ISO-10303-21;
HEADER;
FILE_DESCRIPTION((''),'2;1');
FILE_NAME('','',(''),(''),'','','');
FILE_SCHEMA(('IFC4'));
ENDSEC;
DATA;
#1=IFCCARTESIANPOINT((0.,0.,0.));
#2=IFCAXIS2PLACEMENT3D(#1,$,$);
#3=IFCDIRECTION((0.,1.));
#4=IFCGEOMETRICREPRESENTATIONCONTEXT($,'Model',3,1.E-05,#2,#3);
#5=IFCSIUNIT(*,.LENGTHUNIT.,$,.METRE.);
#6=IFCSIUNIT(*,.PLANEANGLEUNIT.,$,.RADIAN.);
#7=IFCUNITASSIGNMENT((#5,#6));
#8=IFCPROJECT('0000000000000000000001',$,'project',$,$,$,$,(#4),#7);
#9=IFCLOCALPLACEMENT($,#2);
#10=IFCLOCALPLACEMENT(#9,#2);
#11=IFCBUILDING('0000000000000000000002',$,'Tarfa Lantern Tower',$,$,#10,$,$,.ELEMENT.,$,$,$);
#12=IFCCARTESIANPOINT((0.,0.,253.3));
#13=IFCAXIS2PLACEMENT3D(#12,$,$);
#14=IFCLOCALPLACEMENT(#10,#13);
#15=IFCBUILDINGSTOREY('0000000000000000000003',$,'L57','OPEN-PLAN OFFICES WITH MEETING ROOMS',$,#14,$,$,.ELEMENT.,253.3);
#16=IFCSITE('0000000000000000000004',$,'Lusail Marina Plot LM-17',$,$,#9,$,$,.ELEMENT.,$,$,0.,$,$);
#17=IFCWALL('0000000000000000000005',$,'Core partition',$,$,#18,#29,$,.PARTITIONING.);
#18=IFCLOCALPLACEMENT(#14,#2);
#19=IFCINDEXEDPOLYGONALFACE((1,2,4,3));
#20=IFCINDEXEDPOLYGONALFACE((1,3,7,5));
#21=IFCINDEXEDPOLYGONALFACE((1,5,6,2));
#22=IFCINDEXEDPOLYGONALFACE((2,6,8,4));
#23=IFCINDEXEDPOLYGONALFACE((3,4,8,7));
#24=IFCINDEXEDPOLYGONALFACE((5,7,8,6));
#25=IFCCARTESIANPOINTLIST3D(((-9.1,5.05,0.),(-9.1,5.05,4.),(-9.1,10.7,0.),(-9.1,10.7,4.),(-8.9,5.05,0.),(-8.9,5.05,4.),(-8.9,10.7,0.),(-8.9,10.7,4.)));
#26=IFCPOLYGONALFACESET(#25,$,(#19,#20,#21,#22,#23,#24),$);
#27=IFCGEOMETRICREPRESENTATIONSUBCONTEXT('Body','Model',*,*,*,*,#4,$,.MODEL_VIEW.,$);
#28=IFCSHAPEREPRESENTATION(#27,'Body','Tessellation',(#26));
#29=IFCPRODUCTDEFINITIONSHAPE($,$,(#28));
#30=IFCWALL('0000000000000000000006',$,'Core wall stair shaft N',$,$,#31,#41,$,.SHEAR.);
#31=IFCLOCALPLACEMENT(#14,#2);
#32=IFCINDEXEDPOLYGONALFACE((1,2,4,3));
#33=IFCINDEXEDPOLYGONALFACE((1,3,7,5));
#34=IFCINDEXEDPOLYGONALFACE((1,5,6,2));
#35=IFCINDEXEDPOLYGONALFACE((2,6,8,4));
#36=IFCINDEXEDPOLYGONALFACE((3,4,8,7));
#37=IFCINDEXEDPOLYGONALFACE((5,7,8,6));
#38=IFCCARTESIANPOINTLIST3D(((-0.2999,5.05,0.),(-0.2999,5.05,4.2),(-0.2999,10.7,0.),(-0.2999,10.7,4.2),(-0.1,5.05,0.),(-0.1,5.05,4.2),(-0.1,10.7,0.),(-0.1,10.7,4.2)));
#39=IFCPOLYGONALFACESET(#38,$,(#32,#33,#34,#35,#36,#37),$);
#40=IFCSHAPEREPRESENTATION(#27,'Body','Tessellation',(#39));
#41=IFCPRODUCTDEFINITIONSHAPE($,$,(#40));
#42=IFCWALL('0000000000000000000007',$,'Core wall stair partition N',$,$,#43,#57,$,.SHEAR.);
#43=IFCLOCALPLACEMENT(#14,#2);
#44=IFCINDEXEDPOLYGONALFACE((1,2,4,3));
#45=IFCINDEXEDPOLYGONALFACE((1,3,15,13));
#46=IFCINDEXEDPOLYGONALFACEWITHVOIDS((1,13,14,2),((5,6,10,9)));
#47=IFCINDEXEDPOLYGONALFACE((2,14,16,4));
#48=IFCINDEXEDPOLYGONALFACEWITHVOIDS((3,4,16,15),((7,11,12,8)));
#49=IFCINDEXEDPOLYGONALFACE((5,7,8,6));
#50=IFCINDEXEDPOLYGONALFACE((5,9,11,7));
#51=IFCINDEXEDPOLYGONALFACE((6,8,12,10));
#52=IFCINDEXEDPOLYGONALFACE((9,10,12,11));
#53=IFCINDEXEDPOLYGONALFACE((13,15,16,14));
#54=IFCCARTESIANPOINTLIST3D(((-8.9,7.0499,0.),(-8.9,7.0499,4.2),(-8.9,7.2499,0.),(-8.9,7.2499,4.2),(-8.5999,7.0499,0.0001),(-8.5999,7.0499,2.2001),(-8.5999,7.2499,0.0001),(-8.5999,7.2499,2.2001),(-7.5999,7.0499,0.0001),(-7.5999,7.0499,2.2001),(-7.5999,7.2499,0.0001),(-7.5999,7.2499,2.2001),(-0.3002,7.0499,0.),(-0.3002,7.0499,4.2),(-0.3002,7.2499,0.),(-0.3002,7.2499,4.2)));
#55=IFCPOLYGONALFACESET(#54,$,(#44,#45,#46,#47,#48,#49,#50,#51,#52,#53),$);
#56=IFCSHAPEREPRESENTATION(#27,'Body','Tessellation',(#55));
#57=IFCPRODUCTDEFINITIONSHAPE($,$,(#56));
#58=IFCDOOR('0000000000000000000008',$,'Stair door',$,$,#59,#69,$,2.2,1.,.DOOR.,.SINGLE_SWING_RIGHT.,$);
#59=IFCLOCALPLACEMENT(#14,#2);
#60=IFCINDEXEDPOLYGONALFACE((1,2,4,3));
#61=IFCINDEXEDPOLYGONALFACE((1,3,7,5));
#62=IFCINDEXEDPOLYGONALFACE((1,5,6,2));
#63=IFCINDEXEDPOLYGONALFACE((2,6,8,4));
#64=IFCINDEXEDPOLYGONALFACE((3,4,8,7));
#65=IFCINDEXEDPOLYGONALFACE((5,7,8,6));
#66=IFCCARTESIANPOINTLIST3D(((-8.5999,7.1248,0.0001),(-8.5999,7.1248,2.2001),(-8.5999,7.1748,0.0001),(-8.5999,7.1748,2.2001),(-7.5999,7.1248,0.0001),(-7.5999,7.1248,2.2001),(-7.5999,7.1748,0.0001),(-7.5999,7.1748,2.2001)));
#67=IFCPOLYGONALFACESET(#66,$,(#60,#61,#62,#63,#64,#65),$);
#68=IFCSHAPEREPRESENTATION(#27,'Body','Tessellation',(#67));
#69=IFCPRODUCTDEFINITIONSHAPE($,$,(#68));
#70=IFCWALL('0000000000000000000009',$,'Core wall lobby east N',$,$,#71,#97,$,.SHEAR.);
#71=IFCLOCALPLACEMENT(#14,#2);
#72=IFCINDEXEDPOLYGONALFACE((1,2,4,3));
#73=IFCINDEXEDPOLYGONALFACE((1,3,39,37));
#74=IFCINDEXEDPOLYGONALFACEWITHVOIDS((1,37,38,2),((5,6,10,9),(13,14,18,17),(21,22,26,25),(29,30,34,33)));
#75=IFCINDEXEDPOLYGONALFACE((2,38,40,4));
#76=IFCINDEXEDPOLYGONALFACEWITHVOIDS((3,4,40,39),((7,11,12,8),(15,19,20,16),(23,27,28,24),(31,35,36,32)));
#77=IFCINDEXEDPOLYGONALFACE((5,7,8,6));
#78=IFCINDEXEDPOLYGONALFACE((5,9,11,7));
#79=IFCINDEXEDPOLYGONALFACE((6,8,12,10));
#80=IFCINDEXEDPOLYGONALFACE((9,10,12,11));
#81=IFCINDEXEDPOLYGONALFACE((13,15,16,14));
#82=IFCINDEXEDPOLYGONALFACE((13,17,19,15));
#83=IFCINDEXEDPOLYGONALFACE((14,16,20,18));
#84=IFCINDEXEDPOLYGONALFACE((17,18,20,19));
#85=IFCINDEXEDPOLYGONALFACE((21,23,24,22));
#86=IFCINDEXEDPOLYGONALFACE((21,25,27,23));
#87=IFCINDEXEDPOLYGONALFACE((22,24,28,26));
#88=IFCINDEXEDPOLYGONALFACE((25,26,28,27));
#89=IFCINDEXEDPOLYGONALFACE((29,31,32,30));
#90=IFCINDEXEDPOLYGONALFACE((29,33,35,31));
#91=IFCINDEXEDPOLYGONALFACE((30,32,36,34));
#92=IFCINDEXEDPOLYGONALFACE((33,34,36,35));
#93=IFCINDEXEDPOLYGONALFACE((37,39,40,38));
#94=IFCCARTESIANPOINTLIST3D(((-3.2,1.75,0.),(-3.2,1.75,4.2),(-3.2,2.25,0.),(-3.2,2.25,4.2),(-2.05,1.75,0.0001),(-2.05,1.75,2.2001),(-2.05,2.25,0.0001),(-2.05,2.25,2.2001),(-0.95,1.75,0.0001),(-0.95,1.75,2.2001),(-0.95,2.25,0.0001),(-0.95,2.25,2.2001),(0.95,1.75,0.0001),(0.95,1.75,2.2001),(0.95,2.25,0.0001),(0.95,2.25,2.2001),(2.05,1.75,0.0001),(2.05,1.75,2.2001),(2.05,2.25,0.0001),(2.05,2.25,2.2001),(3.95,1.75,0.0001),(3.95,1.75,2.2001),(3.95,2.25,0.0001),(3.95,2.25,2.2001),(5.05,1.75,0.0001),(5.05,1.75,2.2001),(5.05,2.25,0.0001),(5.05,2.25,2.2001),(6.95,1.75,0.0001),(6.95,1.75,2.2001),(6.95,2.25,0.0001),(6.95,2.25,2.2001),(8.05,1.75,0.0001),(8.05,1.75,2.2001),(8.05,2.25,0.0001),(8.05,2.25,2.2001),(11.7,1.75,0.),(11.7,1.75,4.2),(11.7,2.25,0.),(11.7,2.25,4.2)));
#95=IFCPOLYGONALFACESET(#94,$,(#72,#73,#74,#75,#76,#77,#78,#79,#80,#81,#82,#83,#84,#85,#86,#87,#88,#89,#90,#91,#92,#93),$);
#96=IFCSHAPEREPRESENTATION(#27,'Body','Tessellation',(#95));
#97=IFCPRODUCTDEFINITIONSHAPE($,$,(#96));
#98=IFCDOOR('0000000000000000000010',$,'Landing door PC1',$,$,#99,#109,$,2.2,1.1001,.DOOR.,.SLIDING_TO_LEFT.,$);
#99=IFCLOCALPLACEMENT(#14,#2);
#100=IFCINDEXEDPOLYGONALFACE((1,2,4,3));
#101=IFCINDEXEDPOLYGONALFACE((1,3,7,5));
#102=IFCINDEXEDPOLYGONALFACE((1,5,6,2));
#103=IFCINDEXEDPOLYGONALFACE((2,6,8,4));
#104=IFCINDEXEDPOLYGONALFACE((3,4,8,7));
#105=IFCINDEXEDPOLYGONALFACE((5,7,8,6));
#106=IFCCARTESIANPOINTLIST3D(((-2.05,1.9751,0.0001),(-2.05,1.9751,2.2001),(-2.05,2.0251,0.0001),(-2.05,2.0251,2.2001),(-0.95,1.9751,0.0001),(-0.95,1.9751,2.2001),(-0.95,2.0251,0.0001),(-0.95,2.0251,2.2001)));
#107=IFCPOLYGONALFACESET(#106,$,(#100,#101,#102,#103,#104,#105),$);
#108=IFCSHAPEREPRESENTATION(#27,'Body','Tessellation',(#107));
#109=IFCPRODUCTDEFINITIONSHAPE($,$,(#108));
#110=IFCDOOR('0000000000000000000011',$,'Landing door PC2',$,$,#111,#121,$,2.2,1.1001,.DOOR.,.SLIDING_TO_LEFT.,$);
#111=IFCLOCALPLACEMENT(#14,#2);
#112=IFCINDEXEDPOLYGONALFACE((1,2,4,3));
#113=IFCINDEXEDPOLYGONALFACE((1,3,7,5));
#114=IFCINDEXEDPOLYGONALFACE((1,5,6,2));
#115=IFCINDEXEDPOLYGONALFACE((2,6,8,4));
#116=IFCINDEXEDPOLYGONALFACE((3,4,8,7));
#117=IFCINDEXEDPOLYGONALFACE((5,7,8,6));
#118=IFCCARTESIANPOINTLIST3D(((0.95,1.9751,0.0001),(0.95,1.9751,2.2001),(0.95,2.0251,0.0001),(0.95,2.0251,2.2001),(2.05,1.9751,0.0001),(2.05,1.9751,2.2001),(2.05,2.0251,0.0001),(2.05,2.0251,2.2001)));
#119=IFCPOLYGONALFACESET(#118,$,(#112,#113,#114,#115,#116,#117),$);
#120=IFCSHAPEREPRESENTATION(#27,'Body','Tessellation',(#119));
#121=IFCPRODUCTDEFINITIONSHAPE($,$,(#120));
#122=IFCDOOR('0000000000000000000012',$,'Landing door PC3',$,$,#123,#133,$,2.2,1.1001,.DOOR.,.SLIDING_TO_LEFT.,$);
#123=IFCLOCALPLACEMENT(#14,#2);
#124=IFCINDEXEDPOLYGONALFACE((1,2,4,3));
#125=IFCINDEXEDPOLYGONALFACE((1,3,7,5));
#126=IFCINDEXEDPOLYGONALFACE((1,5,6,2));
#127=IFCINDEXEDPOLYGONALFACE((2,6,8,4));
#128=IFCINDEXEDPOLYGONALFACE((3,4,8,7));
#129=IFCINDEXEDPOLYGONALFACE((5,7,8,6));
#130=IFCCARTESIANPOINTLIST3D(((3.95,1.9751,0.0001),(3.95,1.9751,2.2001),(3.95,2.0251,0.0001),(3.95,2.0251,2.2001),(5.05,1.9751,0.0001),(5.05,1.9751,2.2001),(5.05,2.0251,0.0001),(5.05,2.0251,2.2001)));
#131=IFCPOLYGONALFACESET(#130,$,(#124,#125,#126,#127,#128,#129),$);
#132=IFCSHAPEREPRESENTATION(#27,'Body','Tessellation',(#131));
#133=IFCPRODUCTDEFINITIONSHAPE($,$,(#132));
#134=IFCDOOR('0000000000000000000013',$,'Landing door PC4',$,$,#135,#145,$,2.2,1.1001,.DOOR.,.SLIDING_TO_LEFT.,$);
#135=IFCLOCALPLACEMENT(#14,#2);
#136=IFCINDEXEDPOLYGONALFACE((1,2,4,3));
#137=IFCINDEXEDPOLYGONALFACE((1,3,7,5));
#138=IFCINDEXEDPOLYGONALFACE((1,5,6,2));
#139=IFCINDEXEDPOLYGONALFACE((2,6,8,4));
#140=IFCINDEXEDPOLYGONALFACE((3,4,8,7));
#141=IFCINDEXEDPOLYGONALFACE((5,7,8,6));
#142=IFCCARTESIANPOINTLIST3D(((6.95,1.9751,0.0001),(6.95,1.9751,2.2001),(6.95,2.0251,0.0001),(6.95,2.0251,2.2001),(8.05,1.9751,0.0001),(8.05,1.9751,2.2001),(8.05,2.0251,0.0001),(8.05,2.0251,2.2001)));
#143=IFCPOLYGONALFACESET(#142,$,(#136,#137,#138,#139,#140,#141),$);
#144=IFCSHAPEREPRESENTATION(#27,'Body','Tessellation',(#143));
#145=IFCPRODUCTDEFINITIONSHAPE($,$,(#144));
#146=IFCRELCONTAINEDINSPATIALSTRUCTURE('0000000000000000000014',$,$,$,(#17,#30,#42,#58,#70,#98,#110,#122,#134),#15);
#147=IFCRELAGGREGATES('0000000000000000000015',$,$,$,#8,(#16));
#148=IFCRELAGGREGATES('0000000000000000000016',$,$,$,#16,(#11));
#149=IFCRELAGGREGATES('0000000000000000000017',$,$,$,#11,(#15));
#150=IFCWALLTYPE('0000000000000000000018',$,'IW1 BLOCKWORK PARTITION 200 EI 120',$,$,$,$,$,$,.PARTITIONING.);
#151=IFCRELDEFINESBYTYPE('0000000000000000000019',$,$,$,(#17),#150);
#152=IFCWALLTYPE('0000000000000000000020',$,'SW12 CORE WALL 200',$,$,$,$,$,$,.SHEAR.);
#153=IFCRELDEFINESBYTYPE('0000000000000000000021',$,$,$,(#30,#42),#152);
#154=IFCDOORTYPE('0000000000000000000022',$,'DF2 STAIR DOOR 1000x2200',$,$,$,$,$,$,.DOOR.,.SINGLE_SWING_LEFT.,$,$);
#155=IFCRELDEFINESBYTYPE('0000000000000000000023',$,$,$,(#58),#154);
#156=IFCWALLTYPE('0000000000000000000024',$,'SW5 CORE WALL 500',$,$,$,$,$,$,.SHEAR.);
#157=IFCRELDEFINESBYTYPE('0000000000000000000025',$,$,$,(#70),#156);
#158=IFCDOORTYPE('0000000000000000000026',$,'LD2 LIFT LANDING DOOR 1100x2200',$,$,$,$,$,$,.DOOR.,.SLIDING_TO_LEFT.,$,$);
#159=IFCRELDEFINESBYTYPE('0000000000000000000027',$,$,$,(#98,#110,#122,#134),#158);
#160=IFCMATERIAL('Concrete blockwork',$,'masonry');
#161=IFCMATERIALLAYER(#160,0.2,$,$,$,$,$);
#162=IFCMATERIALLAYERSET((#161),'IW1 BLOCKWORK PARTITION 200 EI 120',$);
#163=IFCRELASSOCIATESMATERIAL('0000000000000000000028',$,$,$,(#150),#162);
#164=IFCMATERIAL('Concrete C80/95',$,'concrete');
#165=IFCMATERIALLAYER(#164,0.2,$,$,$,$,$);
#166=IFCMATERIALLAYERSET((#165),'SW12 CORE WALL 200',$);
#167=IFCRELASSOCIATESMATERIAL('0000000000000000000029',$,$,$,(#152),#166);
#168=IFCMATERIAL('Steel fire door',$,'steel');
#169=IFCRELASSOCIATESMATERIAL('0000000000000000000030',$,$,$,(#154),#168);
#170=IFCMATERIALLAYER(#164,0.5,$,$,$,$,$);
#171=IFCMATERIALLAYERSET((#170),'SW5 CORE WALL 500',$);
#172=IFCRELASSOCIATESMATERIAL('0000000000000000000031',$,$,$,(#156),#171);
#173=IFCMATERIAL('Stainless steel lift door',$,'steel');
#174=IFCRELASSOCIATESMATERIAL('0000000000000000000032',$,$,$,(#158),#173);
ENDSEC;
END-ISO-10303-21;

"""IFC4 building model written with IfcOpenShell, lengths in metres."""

from ifc_helpers import new_model, si_unit, direction, frame, frame_2d, origin, place, context, subcontext, project, spatial, rectangle, extrude, material, layer, layer_set, type_object, element, fill, save


model = new_model("IFC4")

# Units and contexts
model_context = context("Model", 3, precision=1e-05, world=origin(), true_north=direction((0.0, 1.0)))
body_context = subcontext(model_context, "Body", "Model", "MODEL_VIEW")
ifc_project = project(units=[si_unit("LENGTHUNIT", "METRE"), si_unit("PLANEANGLEUNIT", "RADIAN")], contexts=[model_context])

# Site, building, storey
site_placement = place(None, origin())
site = spatial("IfcSite", under=ifc_project, at=site_placement, Name="Lusail Marina Plot LM-17", CompositionType="ELEMENT", RefElevation=0.0)
building_placement = place(site_placement, origin())
building = spatial("IfcBuilding", under=site, at=building_placement, Name="Tarfa Lantern Tower", CompositionType="ELEMENT")
storey_placement = place(building_placement, frame((0.0, 0.0, 253.3)))
storey = spatial("IfcBuildingStorey", under=building, at=storey_placement, Name="L57", Description="OPEN-PLAN OFFICES WITH MEETING ROOMS", CompositionType="ELEMENT", Elevation=253.3)

# Walls
ifc_material_1 = material(Name="Concrete blockwork", Category="masonry")
ifc_layer_1 = layer(ifc_material_1, 0.2)
ifc_layer_set_1 = layer_set([ifc_layer_1], Name="IW1 BLOCKWORK PARTITION 200 EI 120")
wall_type_1 = type_object("IfcWallType", Name="IW1 BLOCKWORK PARTITION 200 EI 120", PredefinedType="PARTITIONING", material=ifc_layer_set_1)
wall_1_placement = place(storey_placement, frame((-9.0, 5.05, 0.0), z_axis=(0.0, 0.0, 1.0), x_axis=(0.0, 1.0, 0.0)))
element("IfcWall", 1, at=wall_1_placement, inside=storey, type_object=wall_type_1, Name="Core partition", PredefinedType="PARTITIONING", context=body_context, shape_type="SweptSolid", body=[
    extrude(rectangle(XDim=5.6499, YDim=0.2, at=frame_2d((2.825, 0.0))), origin(), (0.0, 0.0, 1.0), 4.0),
])
ifc_material_2 = material(Name="Concrete C80/95", Category="concrete")
ifc_layer_2 = layer(ifc_material_2, 0.2)
ifc_layer_set_2 = layer_set([ifc_layer_2], Name="SW12 CORE WALL 200")
wall_type_2 = type_object("IfcWallType", Name="SW12 CORE WALL 200", PredefinedType="SHEAR", material=ifc_layer_set_2)
wall_2_placement = place(storey_placement, frame((-0.2, 5.05, 0.0), z_axis=(0.0, 0.0, 1.0), x_axis=(0.0, 1.0, 0.0)))
element("IfcWall", 2, at=wall_2_placement, inside=storey, type_object=wall_type_2, Name="Core wall stair shaft N", PredefinedType="SHEAR", context=body_context, shape_type="SweptSolid", body=[
    extrude(rectangle(XDim=5.6499, YDim=0.2, at=frame_2d((2.825, 0.0))), origin(), (0.0, 0.0, 1.0), 4.2),
])

# Wall, opening, door
wall_3_placement = place(storey_placement, frame((-8.8999, 7.1499, 0.0), z_axis=(0.0, 0.0, 1.0), x_axis=(1.0, 0.0, 0.0)))
wall_3 = element("IfcWall", 3, at=wall_3_placement, inside=storey, type_object=wall_type_2, Name="Core wall stair partition N", PredefinedType="SHEAR", context=body_context, shape_type="SweptSolid", body=[
    extrude(rectangle(XDim=8.5999, YDim=0.2, at=frame_2d((4.2998, 0.0))), origin(), (0.0, 0.0, 1.0), 4.2),
])
opening_1_placement = place(wall_3_placement, frame((0.3, 0.0, 0.0)))
opening_1 = element("IfcOpeningElement", 4, at=opening_1_placement, cuts=wall_3, PredefinedType="OPENING", context=body_context, shape_type="SweptSolid", body=[
    extrude(rectangle(XDim=1.0, YDim=2.2, at=frame_2d((0.5, 1.1001))), frame((0.0, 0.1099, 0.0), z_axis=(0.0, -1.0, 0.0), x_axis=(1.0, 0.0, 0.0)), (0.0, 0.0, 1.0), 0.22),
])
ifc_material_3 = material(Name="Steel fire door", Category="steel")
door_type_1 = type_object("IfcDoorType", Name="DF2 STAIR DOOR 1000x2200", OperationType="SINGLE_SWING_LEFT", PredefinedType="DOOR", material=ifc_material_3)
door_1_placement = place(opening_1_placement, origin())
door_1 = element("IfcDoor", 5, at=door_1_placement, inside=storey, type_object=door_type_1, Name="Stair door", OperationType="SINGLE_SWING_RIGHT", OverallHeight=2.2, OverallWidth=1.0, PredefinedType="DOOR", context=body_context, shape_type="SweptSolid", body=[
    extrude(rectangle(XDim=1.0, YDim=2.2, at=frame_2d((0.5, 1.1001))), frame((0.0, 0.0249, 0.0), z_axis=(0.0, -1.0, 0.0), x_axis=(1.0, 0.0, 0.0)), (0.0, 0.0, 1.0), 0.05),
])
fill(opening_1, door_1)

# Wall, openings, doors
ifc_layer_3 = layer(ifc_material_2, 0.5)
ifc_layer_set_3 = layer_set([ifc_layer_3], Name="SW5 CORE WALL 500")
wall_type_3 = type_object("IfcWallType", Name="SW5 CORE WALL 500", PredefinedType="SHEAR", material=ifc_layer_set_3)
wall_4_placement = place(storey_placement, frame((-3.2, 2.0, 0.0), z_axis=(0.0, 0.0, 1.0), x_axis=(1.0, 0.0, 0.0)))
wall_4 = element("IfcWall", 6, at=wall_4_placement, inside=storey, type_object=wall_type_3, Name="Core wall lobby east N", PredefinedType="SHEAR", context=body_context, shape_type="SweptSolid", body=[
    extrude(rectangle(XDim=14.8999, YDim=0.5, at=frame_2d((7.45, 0.0))), origin(), (0.0, 0.0, 1.0), 4.2),
])
opening_2_placement = place(wall_4_placement, frame((1.1499, 0.0, 0.0)))
opening_2 = element("IfcOpeningElement", 7, at=opening_2_placement, cuts=wall_4, PredefinedType="OPENING", context=body_context, shape_type="SweptSolid", body=[
    extrude(rectangle(XDim=1.1001, YDim=2.2, at=frame_2d((0.55, 1.1001))), frame((0.0, 0.26, 0.0), z_axis=(0.0, -1.0, 0.0), x_axis=(1.0, 0.0, 0.0)), (0.0, 0.0, 1.0), 0.52),
])
opening_3_placement = place(wall_4_placement, frame((4.1499, 0.0, 0.0)))
opening_3 = element("IfcOpeningElement", 8, at=opening_3_placement, cuts=wall_4, PredefinedType="OPENING", context=body_context, shape_type="SweptSolid", body=[
    extrude(rectangle(XDim=1.1001, YDim=2.2, at=frame_2d((0.55, 1.1001))), frame((0.0, 0.26, 0.0), z_axis=(0.0, -1.0, 0.0), x_axis=(1.0, 0.0, 0.0)), (0.0, 0.0, 1.0), 0.52),
])
opening_4_placement = place(wall_4_placement, frame((7.1499, 0.0, 0.0)))
opening_4 = element("IfcOpeningElement", 9, at=opening_4_placement, cuts=wall_4, PredefinedType="OPENING", context=body_context, shape_type="SweptSolid", body=[
    extrude(rectangle(XDim=1.1001, YDim=2.2, at=frame_2d((0.55, 1.1001))), frame((0.0, 0.26, 0.0), z_axis=(0.0, -1.0, 0.0), x_axis=(1.0, 0.0, 0.0)), (0.0, 0.0, 1.0), 0.52),
])
opening_5_placement = place(wall_4_placement, frame((10.1499, 0.0, 0.0)))
opening_5 = element("IfcOpeningElement", 10, at=opening_5_placement, cuts=wall_4, PredefinedType="OPENING", context=body_context, shape_type="SweptSolid", body=[
    extrude(rectangle(XDim=1.1001, YDim=2.2, at=frame_2d((0.55, 1.1001))), frame((0.0, 0.26, 0.0), z_axis=(0.0, -1.0, 0.0), x_axis=(1.0, 0.0, 0.0)), (0.0, 0.0, 1.0), 0.52),
])
ifc_material_4 = material(Name="Stainless steel lift door", Category="steel")
door_type_2 = type_object("IfcDoorType", Name="LD2 LIFT LANDING DOOR 1100x2200", OperationType="SLIDING_TO_LEFT", PredefinedType="DOOR", material=ifc_material_4)
door_2_placement = place(opening_2_placement, frame((1.1001, 0.0, 0.0), z_axis=(0.0, 0.0, 1.0), x_axis=(-1.0, 0.0, 0.0)))
door_2 = element("IfcDoor", 11, at=door_2_placement, inside=storey, type_object=door_type_2, Name="Landing door PC1", OperationType="SLIDING_TO_LEFT", OverallHeight=2.2, OverallWidth=1.1001, PredefinedType="DOOR", context=body_context, shape_type="SweptSolid", body=[
    extrude(rectangle(XDim=1.1001, YDim=2.2, at=frame_2d((0.55, 1.1001))), frame((0.0, 0.0249, 0.0), z_axis=(0.0, -1.0, 0.0), x_axis=(1.0, 0.0, 0.0)), (0.0, 0.0, 1.0), 0.05),
])
fill(opening_2, door_2)
door_3_placement = place(opening_3_placement, frame((1.1001, 0.0, 0.0), z_axis=(0.0, 0.0, 1.0), x_axis=(-1.0, 0.0, 0.0)))
door_3 = element("IfcDoor", 12, at=door_3_placement, inside=storey, type_object=door_type_2, Name="Landing door PC2", OperationType="SLIDING_TO_LEFT", OverallHeight=2.2, OverallWidth=1.1001, PredefinedType="DOOR", context=body_context, shape_type="SweptSolid", body=[
    extrude(rectangle(XDim=1.1001, YDim=2.2, at=frame_2d((0.55, 1.1001))), frame((0.0, 0.0249, 0.0), z_axis=(0.0, -1.0, 0.0), x_axis=(1.0, 0.0, 0.0)), (0.0, 0.0, 1.0), 0.05),
])
fill(opening_3, door_3)
door_4_placement = place(opening_4_placement, frame((1.1001, 0.0, 0.0), z_axis=(0.0, 0.0, 1.0), x_axis=(-1.0, 0.0, 0.0)))
door_4 = element("IfcDoor", 13, at=door_4_placement, inside=storey, type_object=door_type_2, Name="Landing door PC3", OperationType="SLIDING_TO_LEFT", OverallHeight=2.2, OverallWidth=1.1001, PredefinedType="DOOR", context=body_context, shape_type="SweptSolid", body=[
    extrude(rectangle(XDim=1.1001, YDim=2.2, at=frame_2d((0.55, 1.1001))), frame((0.0, 0.0249, 0.0), z_axis=(0.0, -1.0, 0.0), x_axis=(1.0, 0.0, 0.0)), (0.0, 0.0, 1.0), 0.05),
])
fill(opening_4, door_4)
door_5_placement = place(opening_5_placement, frame((1.1001, 0.0, 0.0), z_axis=(0.0, 0.0, 1.0), x_axis=(-1.0, 0.0, 0.0)))
door_5 = element("IfcDoor", 14, at=door_5_placement, inside=storey, type_object=door_type_2, Name="Landing door PC4", OperationType="SLIDING_TO_LEFT", OverallHeight=2.2, OverallWidth=1.1001, PredefinedType="DOOR", context=body_context, shape_type="SweptSolid", body=[
    extrude(rectangle(XDim=1.1001, YDim=2.2, at=frame_2d((0.55, 1.1001))), frame((0.0, 0.0249, 0.0), z_axis=(0.0, -1.0, 0.0), x_axis=(1.0, 0.0, 0.0)), (0.0, 0.0, 1.0), 0.05),
])
fill(opening_5, door_5)

save(model, "model.ifc")
